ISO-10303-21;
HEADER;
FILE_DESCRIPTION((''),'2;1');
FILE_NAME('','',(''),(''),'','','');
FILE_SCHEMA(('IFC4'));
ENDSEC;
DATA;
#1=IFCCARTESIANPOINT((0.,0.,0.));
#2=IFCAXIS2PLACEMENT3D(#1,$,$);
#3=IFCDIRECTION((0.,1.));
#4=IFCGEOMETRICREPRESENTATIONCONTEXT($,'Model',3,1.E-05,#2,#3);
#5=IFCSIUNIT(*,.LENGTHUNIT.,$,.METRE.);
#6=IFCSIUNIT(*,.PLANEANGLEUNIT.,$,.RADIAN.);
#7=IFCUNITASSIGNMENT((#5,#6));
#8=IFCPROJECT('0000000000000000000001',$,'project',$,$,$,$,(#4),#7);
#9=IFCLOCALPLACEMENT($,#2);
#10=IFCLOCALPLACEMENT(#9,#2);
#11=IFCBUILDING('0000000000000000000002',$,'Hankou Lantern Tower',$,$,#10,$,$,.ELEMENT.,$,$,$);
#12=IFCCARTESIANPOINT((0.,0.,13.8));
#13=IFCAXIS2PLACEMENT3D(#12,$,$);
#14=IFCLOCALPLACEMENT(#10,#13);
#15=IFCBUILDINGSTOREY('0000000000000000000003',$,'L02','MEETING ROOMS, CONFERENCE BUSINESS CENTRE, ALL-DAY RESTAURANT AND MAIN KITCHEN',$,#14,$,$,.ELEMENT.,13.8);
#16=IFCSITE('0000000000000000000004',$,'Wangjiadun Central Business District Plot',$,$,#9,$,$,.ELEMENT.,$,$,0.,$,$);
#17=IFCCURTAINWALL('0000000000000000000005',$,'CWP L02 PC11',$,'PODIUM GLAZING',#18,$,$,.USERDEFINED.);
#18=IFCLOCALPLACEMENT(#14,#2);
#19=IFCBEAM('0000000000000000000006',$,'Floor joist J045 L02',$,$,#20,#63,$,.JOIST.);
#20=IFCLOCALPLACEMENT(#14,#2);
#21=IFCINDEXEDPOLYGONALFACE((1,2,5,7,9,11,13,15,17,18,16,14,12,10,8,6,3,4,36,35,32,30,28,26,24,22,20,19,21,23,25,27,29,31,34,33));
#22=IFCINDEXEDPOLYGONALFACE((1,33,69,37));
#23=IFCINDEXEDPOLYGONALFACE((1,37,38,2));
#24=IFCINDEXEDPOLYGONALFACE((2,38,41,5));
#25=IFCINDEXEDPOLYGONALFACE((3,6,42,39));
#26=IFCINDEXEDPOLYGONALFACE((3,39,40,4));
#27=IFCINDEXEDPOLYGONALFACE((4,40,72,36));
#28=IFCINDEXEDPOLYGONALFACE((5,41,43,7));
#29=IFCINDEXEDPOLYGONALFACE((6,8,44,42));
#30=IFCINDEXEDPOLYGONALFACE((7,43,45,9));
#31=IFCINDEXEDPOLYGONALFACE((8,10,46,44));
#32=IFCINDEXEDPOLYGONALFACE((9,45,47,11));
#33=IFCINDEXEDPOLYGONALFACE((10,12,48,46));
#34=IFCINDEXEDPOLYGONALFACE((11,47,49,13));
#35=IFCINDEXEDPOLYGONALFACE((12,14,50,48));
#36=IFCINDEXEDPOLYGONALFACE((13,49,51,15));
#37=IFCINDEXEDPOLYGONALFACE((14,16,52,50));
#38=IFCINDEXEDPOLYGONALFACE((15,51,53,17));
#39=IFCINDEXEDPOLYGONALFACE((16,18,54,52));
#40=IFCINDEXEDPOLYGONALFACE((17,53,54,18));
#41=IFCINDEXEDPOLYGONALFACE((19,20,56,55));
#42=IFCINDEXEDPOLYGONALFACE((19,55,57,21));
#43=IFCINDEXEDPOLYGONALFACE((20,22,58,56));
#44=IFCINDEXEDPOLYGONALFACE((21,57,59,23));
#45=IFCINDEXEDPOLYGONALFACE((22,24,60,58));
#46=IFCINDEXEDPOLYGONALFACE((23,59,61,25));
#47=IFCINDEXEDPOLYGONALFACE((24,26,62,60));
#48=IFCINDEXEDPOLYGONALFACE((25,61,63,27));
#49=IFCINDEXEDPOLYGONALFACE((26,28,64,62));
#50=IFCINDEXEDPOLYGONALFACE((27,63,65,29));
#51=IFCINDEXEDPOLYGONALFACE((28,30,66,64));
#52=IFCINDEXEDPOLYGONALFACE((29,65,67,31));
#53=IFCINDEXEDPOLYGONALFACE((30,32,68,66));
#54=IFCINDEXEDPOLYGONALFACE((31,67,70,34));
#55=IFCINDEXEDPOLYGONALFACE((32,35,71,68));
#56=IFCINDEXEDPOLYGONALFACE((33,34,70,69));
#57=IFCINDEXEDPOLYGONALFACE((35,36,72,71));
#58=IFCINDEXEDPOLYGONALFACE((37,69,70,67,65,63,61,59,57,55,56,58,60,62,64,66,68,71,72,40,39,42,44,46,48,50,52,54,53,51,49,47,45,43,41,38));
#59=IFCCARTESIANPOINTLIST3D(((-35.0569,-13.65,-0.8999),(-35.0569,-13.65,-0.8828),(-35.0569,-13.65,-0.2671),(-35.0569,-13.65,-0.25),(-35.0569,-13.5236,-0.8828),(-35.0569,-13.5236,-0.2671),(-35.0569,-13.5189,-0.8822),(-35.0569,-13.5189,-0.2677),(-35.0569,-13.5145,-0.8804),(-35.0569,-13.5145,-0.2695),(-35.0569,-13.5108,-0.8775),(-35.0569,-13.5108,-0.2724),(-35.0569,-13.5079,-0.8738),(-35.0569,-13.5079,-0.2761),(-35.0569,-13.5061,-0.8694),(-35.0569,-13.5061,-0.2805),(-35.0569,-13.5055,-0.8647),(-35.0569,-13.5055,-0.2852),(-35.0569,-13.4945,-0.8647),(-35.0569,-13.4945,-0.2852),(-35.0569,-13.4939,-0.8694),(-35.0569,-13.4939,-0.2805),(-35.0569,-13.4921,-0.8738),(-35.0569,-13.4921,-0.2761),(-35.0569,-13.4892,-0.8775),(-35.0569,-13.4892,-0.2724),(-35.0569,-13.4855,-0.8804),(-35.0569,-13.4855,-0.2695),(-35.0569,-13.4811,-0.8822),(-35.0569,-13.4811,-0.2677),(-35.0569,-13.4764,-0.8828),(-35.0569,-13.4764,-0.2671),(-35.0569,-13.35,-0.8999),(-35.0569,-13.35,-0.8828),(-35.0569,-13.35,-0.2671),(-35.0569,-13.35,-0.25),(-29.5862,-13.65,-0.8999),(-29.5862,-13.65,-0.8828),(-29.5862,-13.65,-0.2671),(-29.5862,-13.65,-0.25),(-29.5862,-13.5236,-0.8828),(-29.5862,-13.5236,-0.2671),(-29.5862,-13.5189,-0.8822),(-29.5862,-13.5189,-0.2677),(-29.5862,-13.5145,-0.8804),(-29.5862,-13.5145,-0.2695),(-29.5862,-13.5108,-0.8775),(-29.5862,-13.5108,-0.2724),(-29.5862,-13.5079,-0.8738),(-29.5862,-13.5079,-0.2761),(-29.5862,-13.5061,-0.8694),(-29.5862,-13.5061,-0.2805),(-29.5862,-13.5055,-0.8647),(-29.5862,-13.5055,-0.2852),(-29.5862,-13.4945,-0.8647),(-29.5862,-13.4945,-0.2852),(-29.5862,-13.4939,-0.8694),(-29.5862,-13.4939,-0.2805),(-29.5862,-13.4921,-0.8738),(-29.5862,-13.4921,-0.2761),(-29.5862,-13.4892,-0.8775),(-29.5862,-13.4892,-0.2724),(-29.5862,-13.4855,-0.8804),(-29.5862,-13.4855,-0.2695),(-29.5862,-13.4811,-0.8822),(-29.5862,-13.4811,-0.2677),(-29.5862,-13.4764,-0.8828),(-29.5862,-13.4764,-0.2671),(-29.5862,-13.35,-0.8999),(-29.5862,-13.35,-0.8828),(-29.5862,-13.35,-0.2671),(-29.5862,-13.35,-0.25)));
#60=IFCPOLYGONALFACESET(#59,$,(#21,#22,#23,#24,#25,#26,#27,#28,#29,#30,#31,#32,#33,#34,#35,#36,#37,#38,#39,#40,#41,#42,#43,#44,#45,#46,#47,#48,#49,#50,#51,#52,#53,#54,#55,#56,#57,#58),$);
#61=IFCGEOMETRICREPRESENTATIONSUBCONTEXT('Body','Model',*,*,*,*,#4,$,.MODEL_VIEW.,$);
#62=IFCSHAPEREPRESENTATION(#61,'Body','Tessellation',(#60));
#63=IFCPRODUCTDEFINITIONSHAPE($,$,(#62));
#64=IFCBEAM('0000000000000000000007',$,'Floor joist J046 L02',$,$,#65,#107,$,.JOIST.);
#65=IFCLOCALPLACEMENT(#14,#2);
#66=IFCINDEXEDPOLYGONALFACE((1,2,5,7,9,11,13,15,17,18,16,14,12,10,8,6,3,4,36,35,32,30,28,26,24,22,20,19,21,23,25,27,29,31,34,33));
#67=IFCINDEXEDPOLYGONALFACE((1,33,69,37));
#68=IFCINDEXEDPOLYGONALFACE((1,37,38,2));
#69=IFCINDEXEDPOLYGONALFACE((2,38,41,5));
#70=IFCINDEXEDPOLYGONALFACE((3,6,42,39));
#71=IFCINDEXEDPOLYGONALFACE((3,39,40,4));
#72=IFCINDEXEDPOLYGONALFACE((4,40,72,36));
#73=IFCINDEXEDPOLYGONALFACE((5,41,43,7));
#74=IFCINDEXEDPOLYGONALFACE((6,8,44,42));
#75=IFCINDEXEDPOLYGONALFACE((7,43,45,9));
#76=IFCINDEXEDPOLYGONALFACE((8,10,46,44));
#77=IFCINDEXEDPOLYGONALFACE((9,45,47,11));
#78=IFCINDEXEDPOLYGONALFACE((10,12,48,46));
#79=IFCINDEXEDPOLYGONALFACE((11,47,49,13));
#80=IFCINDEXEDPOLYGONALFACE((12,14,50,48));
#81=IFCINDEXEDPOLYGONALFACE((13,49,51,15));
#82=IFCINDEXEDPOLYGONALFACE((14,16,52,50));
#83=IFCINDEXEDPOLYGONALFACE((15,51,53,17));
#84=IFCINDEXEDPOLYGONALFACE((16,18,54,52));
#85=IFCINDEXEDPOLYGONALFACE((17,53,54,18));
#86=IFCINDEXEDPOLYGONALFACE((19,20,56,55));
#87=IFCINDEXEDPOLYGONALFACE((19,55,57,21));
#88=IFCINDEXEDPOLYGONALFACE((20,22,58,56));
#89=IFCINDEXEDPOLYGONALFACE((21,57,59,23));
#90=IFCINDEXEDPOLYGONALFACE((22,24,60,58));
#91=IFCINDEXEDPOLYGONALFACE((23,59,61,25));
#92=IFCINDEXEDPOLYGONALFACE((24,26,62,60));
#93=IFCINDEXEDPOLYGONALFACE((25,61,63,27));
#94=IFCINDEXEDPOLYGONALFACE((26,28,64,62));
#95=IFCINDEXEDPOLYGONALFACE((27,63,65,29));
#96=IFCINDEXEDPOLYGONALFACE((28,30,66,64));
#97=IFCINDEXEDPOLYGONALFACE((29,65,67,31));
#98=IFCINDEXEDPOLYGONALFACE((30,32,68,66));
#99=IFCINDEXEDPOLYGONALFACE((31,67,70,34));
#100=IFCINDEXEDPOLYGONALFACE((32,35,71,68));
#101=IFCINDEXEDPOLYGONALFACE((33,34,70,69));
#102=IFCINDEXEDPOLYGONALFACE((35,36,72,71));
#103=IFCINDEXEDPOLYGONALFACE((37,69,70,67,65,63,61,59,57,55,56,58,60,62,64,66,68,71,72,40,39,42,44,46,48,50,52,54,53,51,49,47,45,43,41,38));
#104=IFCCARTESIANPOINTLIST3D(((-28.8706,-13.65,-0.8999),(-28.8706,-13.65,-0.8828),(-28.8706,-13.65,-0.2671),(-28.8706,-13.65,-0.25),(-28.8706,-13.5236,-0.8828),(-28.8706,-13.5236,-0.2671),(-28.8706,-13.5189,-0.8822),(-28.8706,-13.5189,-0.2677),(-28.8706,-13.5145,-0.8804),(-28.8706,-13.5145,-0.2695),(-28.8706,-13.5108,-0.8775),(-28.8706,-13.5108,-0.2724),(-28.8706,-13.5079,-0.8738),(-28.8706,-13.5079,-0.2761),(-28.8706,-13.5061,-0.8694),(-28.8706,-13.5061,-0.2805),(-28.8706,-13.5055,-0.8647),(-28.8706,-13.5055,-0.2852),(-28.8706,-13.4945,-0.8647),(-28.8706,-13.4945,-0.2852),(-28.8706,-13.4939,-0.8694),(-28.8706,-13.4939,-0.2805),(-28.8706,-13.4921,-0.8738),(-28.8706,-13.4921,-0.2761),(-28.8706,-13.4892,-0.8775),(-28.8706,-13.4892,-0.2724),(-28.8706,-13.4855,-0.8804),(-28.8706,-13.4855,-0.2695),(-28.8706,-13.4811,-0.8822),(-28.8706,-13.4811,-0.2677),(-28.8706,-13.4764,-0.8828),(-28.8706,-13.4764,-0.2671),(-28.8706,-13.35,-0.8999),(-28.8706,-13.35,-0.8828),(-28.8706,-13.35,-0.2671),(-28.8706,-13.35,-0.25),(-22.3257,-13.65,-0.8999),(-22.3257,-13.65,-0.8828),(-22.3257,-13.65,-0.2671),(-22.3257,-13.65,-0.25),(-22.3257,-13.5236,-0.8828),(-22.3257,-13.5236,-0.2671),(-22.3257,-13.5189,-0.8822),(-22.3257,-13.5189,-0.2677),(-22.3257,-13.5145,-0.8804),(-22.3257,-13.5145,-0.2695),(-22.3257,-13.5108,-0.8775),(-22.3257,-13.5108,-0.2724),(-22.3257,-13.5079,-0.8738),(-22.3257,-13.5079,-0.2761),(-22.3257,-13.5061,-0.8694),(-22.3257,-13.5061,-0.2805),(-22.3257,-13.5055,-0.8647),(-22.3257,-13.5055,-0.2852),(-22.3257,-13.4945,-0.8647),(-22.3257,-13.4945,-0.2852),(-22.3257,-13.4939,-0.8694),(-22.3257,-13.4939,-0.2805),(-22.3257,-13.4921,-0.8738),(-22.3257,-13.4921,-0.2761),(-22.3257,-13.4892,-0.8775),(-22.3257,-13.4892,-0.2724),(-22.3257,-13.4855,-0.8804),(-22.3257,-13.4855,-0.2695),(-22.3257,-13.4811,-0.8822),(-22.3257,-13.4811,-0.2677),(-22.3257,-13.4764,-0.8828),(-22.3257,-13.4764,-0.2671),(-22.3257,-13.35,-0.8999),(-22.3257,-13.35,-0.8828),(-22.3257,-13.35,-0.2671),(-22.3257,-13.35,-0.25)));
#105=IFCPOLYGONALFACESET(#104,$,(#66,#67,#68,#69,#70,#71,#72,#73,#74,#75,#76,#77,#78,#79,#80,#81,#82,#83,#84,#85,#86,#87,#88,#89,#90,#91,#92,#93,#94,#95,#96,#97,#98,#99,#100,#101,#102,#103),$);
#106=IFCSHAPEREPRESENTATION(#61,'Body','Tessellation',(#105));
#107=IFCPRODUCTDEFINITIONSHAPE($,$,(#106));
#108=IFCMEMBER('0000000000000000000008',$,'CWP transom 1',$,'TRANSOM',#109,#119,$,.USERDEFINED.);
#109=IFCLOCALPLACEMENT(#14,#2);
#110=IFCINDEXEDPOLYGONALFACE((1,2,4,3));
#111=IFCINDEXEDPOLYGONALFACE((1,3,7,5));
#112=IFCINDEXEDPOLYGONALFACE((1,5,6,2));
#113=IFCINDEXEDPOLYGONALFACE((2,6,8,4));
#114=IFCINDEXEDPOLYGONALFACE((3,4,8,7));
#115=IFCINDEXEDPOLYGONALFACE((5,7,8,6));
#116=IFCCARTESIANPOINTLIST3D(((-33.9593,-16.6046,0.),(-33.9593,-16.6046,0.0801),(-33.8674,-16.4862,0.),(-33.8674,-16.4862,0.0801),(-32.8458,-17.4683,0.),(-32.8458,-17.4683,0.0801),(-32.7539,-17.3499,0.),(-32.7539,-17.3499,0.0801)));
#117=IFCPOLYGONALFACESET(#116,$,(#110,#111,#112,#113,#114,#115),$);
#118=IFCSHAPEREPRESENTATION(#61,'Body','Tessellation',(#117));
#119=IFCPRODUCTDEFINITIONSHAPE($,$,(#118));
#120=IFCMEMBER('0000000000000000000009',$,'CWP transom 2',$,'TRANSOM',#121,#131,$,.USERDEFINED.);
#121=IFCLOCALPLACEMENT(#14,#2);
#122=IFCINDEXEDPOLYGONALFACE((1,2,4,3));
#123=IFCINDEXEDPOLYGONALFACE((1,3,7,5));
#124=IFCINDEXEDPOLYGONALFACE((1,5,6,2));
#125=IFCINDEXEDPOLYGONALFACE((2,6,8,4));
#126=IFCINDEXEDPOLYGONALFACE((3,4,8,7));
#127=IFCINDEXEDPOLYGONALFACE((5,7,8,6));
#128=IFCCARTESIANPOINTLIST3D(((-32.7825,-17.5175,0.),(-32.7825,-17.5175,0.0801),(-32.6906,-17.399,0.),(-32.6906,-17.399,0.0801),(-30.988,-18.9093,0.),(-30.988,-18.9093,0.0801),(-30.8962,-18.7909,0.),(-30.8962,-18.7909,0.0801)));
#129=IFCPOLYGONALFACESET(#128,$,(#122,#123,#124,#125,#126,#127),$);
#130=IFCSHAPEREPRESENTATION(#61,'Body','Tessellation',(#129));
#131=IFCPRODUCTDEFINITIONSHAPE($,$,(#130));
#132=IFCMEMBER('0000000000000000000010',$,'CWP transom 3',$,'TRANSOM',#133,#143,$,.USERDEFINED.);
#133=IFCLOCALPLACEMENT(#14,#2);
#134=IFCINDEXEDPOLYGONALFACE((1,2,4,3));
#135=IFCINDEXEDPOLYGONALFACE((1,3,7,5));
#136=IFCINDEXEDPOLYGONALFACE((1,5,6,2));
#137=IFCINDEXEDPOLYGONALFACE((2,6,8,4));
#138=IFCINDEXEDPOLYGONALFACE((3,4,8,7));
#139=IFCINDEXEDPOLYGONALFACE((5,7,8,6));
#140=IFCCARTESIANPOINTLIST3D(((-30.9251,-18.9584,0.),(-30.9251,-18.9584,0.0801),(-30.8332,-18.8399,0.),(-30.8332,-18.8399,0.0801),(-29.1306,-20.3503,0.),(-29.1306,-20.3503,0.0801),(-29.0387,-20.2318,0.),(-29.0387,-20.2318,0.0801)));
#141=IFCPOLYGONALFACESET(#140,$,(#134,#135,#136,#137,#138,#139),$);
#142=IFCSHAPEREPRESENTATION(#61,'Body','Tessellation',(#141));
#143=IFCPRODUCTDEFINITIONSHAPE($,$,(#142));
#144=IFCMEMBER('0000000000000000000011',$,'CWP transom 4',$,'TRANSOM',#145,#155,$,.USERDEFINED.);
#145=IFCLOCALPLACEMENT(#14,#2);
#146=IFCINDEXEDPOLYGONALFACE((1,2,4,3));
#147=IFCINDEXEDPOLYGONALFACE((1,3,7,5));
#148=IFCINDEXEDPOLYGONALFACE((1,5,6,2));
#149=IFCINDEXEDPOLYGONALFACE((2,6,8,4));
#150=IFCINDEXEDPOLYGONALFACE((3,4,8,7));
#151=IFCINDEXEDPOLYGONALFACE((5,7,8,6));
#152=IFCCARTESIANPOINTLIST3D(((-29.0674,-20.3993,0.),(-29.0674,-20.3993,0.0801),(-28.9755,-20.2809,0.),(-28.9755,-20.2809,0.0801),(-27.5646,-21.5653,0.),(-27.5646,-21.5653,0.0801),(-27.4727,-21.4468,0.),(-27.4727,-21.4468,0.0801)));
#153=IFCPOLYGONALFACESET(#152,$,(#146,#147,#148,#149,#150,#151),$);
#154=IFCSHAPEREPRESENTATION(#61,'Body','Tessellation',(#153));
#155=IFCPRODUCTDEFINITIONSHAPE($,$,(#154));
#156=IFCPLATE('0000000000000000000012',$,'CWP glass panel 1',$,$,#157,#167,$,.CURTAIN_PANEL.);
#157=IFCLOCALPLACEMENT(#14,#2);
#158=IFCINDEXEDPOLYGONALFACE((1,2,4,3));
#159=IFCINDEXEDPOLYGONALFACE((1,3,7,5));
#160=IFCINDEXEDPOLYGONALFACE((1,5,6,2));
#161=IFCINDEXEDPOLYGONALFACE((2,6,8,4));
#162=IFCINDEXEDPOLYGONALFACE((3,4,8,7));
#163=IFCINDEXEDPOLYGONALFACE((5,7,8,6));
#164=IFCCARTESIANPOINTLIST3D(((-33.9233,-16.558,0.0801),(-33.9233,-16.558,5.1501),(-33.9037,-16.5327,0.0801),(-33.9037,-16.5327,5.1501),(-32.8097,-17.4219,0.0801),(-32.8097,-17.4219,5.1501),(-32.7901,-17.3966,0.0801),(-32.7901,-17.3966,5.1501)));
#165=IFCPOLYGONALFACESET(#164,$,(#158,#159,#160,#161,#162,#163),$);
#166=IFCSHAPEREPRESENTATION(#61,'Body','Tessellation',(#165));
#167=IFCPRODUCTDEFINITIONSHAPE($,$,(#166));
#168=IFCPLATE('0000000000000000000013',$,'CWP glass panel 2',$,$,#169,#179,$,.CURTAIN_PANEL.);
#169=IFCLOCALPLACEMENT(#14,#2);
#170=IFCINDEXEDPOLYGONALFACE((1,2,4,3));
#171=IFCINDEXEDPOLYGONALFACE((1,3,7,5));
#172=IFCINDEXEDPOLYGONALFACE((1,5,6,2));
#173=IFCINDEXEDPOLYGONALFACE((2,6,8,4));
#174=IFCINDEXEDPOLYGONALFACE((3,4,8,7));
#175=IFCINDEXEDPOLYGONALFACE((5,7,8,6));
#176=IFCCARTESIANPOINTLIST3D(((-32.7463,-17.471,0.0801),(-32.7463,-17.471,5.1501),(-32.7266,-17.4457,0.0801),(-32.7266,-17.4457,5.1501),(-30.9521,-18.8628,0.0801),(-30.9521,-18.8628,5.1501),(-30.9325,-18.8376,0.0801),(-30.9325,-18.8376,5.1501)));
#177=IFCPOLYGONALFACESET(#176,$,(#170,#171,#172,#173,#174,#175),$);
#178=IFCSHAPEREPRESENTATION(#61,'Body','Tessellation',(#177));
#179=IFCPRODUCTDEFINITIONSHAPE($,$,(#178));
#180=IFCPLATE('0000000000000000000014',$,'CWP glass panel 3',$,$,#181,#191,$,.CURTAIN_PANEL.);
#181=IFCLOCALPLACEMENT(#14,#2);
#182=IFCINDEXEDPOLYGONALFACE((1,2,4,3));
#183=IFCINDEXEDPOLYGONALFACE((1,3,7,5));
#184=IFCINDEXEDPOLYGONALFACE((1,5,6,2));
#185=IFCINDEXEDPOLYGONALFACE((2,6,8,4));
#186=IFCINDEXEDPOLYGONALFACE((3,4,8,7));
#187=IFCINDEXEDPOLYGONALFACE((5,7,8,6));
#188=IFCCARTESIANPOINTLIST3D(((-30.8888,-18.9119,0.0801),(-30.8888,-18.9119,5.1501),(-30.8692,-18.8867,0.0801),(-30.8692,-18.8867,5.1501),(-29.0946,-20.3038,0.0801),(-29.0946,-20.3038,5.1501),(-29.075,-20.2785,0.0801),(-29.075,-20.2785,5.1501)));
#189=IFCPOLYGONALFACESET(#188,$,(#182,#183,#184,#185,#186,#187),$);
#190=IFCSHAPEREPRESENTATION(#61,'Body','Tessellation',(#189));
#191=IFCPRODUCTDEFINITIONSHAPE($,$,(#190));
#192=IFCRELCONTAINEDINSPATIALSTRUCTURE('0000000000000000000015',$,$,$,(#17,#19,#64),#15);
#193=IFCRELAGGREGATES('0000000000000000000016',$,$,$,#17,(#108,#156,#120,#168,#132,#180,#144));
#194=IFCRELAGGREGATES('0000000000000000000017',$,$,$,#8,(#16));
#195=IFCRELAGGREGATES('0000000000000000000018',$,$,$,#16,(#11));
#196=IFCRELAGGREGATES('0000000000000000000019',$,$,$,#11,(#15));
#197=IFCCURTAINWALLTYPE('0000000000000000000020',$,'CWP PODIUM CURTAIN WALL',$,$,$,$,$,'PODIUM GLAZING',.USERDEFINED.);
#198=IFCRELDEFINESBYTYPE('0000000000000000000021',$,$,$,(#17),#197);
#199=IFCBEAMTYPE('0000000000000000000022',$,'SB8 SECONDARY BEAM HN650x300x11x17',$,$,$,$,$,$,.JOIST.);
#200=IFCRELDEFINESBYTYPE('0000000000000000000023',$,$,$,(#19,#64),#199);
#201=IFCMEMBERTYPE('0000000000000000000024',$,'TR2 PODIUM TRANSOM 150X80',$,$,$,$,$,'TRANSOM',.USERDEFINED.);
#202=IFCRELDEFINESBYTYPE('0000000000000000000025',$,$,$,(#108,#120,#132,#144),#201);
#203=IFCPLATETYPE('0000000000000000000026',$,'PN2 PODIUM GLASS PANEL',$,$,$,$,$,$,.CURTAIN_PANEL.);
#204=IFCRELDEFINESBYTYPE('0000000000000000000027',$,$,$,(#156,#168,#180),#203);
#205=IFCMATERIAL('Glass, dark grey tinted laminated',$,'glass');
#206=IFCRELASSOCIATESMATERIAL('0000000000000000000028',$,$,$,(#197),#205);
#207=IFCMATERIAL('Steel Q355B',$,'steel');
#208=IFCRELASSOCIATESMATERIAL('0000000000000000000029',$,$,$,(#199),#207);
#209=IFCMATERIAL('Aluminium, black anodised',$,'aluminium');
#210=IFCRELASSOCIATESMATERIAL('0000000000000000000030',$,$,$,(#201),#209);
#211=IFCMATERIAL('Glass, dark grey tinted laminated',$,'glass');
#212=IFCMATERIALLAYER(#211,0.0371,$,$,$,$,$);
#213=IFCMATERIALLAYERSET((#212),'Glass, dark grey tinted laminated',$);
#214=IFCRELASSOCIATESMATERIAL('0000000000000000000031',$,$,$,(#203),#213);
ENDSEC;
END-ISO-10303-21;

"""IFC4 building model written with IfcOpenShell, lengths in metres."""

from ifc_helpers import new_model, si_unit, direction, frame, origin, origin_2d, place, context, subcontext, project, spatial, rectangle, i_section, extrude, material, layer, layer_set, material_profile, profile_set, type_object, element, aggregate, save


model = new_model("IFC4")

# Units and contexts
model_context = context("Model", 3, precision=1e-05, world=origin(), true_north=direction((0.0, 1.0)))
body_context = subcontext(model_context, "Body", "Model", "MODEL_VIEW")
ifc_project = project(units=[si_unit("LENGTHUNIT", "METRE"), si_unit("PLANEANGLEUNIT", "RADIAN")], contexts=[model_context])

# Site, building, storey
site_placement = place(None, origin())
site = spatial("IfcSite", under=ifc_project, at=site_placement, Name="Wangjiadun Central Business District Plot", CompositionType="ELEMENT", RefElevation=0.0)
building_placement = place(site_placement, origin())
building = spatial("IfcBuilding", under=site, at=building_placement, Name="Hankou Lantern Tower", CompositionType="ELEMENT")
storey_placement = place(building_placement, frame((0.0, 0.0, 13.8)))
storey = spatial("IfcBuildingStorey", under=building, at=storey_placement, Name="L02", Description="MEETING ROOMS, CONFERENCE BUSINESS CENTRE, ALL-DAY RESTAURANT AND MAIN KITCHEN", CompositionType="ELEMENT", Elevation=13.8)

# Curtain wall
ifc_material_1 = material(Name="Glass, dark grey tinted laminated", Category="glass")
curtain_wall_type = type_object("IfcCurtainWallType", Name="CWP PODIUM CURTAIN WALL", ElementType="PODIUM GLAZING", PredefinedType="USERDEFINED", material=ifc_material_1)
curtain_wall_placement = place(storey_placement, origin())
curtain_wall = element("IfcCurtainWall", 1, at=curtain_wall_placement, inside=storey, type_object=curtain_wall_type, Name="CWP L02 PC11", ObjectType="PODIUM GLAZING", PredefinedType="USERDEFINED")

# Beams
ifc_material_2 = material(Name="Steel Q355B", Category="steel")
ifc_material_profile_1 = material_profile(ifc_material_2, i_section(OverallWidth=0.3, OverallDepth=0.6499, WebThickness=0.011, FlangeThickness=0.0171, FilletRadius=0.0181, at=origin_2d()), Name="HN650x300x11x17")
ifc_profile_set_1 = profile_set([ifc_material_profile_1], Name="Steel Q355B")
beam_type_1 = type_object("IfcBeamType", Name="SB8 SECONDARY BEAM HN650x300x11x17", PredefinedType="JOIST", material=ifc_profile_set_1)
beam_1_placement = place(storey_placement, frame((-35.0569, -13.5, -0.575), z_axis=(1.0, 0.0, 0.0), x_axis=(0.0, 1.0, 0.0)))
element("IfcBeam", 2, at=beam_1_placement, inside=storey, type_object=beam_type_1, Name="Floor joist J045 L02", PredefinedType="JOIST", context=body_context, shape_type="SweptSolid", body=[
    extrude(i_section(OverallWidth=0.3, OverallDepth=0.6499, WebThickness=0.011, FlangeThickness=0.0171, FilletRadius=0.0181, at=origin_2d()), origin(), (0.0, 0.0, 1.0), 5.4707),
])
beam_2_placement = place(storey_placement, frame((-28.8706, -13.5, -0.575), z_axis=(1.0, 0.0, 0.0), x_axis=(0.0, 1.0, 0.0)))
element("IfcBeam", 3, at=beam_2_placement, inside=storey, type_object=beam_type_1, Name="Floor joist J046 L02", PredefinedType="JOIST", context=body_context, shape_type="SweptSolid", body=[
    extrude(i_section(OverallWidth=0.3, OverallDepth=0.6499, WebThickness=0.011, FlangeThickness=0.0171, FilletRadius=0.0181, at=origin_2d()), origin(), (0.0, 0.0, 1.0), 6.5449),
])

# Members
ifc_material_3 = material(Name="Aluminium, black anodised", Category="aluminium")
ifc_material_profile_2 = material_profile(ifc_material_3, rectangle(XDim=0.1499, YDim=0.0801, at=origin_2d()), Name="TR2 150X80")
ifc_profile_set_2 = profile_set([ifc_material_profile_2], Name="Aluminium, black anodised")
member_type_1 = type_object("IfcMemberType", Name="TR2 PODIUM TRANSOM 150X80", ElementType="TRANSOM", PredefinedType="USERDEFINED", material=ifc_profile_set_2)
member_1_placement = place(storey_placement, frame((-33.9133, -16.5454, 0.04), z_axis=(0.790144, -0.612921, 0.0), x_axis=(0.612921, 0.790144, 0.0)))
member_1 = element("IfcMember", 4, at=member_1_placement, type_object=member_type_1, Name="CWP transom 1", ObjectType="TRANSOM", PredefinedType="USERDEFINED", context=body_context, shape_type="SweptSolid", body=[
    extrude(rectangle(XDim=0.1499, YDim=0.0801, at=origin_2d()), origin(), (0.0, 0.0, 1.0), 1.4092),
])
member_2_placement = place(storey_placement, frame((-32.7366, -17.4583, 0.04), z_axis=(0.790168, -0.612891, 0.0), x_axis=(0.612891, 0.790168, 0.0)))
member_2 = element("IfcMember", 5, at=member_2_placement, type_object=member_type_1, Name="CWP transom 2", ObjectType="TRANSOM", PredefinedType="USERDEFINED", context=body_context, shape_type="SweptSolid", body=[
    extrude(rectangle(XDim=0.1499, YDim=0.0801, at=origin_2d()), origin(), (0.0, 0.0, 1.0), 2.271),
])
member_3_placement = place(storey_placement, frame((-30.8792, -18.8992, 0.04), z_axis=(0.790168, -0.612891, 0.0), x_axis=(0.612891, 0.790168, 0.0)))
member_3 = element("IfcMember", 6, at=member_3_placement, type_object=member_type_1, Name="CWP transom 3", ObjectType="TRANSOM", PredefinedType="USERDEFINED", context=body_context, shape_type="SweptSolid", body=[
    extrude(rectangle(XDim=0.1499, YDim=0.0801, at=origin_2d()), origin(), (0.0, 0.0, 1.0), 2.271),
])
member_4_placement = place(storey_placement, frame((-29.0215, -20.3401, 0.04), z_axis=(0.790098, -0.612981, 0.0), x_axis=(0.612981, 0.790098, 0.0)))
member_4 = element("IfcMember", 7, at=member_4_placement, type_object=member_type_1, Name="CWP transom 4", ObjectType="TRANSOM", PredefinedType="USERDEFINED", context=body_context, shape_type="SweptSolid", body=[
    extrude(rectangle(XDim=0.1499, YDim=0.0801, at=origin_2d()), origin(), (0.0, 0.0, 1.0), 1.9021),
])

# Plates
ifc_material_4 = material(Name="Glass, dark grey tinted laminated", Category="glass")
ifc_layer_1 = layer(ifc_material_4, 0.0371)
ifc_layer_set_1 = layer_set([ifc_layer_1], Name="Glass, dark grey tinted laminated")
plate_type = type_object("IfcPlateType", Name="PN2 PODIUM GLASS PANEL", PredefinedType="CURTAIN_PANEL", material=ifc_layer_set_1)
plate_1_placement = place(storey_placement, frame((-33.3567, -16.9773, 0.0801), z_axis=(0.0, 0.0, 1.0), x_axis=(0.79013, -0.61294, 0.0)))
plate_1 = element("IfcPlate", 8, at=plate_1_placement, type_object=plate_type, Name="CWP glass panel 1", PredefinedType="CURTAIN_PANEL", context=body_context, shape_type="SweptSolid", body=[
    extrude(rectangle(XDim=1.4094, YDim=0.032, at=origin_2d()), origin(), (0.0, 0.0, 1.0), 5.0701),
])
plate_2_placement = place(storey_placement, frame((-31.8394, -18.1543, 0.0801), z_axis=(0.0, 0.0, 1.0), x_axis=(0.79013, -0.61294, 0.0)))
plate_2 = element("IfcPlate", 9, at=plate_2_placement, type_object=plate_type, Name="CWP glass panel 2", PredefinedType="CURTAIN_PANEL", context=body_context, shape_type="SweptSolid", body=[
    extrude(rectangle(XDim=2.2708, YDim=0.032, at=origin_2d()), origin(), (0.0, 0.0, 1.0), 5.0701),
])
plate_3_placement = place(storey_placement, frame((-29.9819, -19.5952, 0.0801), z_axis=(0.0, 0.0, 1.0), x_axis=(0.79013, -0.61294, 0.0)))
plate_3 = element("IfcPlate", 10, at=plate_3_placement, type_object=plate_type, Name="CWP glass panel 3", PredefinedType="CURTAIN_PANEL", context=body_context, shape_type="SweptSolid", body=[
    extrude(rectangle(XDim=2.2708, YDim=0.032, at=origin_2d()), origin(), (0.0, 0.0, 1.0), 5.0701),
])
aggregate(curtain_wall, [member_1, plate_1, member_2, plate_2, member_3, plate_3, member_4])

save(model, "model.ifc")
